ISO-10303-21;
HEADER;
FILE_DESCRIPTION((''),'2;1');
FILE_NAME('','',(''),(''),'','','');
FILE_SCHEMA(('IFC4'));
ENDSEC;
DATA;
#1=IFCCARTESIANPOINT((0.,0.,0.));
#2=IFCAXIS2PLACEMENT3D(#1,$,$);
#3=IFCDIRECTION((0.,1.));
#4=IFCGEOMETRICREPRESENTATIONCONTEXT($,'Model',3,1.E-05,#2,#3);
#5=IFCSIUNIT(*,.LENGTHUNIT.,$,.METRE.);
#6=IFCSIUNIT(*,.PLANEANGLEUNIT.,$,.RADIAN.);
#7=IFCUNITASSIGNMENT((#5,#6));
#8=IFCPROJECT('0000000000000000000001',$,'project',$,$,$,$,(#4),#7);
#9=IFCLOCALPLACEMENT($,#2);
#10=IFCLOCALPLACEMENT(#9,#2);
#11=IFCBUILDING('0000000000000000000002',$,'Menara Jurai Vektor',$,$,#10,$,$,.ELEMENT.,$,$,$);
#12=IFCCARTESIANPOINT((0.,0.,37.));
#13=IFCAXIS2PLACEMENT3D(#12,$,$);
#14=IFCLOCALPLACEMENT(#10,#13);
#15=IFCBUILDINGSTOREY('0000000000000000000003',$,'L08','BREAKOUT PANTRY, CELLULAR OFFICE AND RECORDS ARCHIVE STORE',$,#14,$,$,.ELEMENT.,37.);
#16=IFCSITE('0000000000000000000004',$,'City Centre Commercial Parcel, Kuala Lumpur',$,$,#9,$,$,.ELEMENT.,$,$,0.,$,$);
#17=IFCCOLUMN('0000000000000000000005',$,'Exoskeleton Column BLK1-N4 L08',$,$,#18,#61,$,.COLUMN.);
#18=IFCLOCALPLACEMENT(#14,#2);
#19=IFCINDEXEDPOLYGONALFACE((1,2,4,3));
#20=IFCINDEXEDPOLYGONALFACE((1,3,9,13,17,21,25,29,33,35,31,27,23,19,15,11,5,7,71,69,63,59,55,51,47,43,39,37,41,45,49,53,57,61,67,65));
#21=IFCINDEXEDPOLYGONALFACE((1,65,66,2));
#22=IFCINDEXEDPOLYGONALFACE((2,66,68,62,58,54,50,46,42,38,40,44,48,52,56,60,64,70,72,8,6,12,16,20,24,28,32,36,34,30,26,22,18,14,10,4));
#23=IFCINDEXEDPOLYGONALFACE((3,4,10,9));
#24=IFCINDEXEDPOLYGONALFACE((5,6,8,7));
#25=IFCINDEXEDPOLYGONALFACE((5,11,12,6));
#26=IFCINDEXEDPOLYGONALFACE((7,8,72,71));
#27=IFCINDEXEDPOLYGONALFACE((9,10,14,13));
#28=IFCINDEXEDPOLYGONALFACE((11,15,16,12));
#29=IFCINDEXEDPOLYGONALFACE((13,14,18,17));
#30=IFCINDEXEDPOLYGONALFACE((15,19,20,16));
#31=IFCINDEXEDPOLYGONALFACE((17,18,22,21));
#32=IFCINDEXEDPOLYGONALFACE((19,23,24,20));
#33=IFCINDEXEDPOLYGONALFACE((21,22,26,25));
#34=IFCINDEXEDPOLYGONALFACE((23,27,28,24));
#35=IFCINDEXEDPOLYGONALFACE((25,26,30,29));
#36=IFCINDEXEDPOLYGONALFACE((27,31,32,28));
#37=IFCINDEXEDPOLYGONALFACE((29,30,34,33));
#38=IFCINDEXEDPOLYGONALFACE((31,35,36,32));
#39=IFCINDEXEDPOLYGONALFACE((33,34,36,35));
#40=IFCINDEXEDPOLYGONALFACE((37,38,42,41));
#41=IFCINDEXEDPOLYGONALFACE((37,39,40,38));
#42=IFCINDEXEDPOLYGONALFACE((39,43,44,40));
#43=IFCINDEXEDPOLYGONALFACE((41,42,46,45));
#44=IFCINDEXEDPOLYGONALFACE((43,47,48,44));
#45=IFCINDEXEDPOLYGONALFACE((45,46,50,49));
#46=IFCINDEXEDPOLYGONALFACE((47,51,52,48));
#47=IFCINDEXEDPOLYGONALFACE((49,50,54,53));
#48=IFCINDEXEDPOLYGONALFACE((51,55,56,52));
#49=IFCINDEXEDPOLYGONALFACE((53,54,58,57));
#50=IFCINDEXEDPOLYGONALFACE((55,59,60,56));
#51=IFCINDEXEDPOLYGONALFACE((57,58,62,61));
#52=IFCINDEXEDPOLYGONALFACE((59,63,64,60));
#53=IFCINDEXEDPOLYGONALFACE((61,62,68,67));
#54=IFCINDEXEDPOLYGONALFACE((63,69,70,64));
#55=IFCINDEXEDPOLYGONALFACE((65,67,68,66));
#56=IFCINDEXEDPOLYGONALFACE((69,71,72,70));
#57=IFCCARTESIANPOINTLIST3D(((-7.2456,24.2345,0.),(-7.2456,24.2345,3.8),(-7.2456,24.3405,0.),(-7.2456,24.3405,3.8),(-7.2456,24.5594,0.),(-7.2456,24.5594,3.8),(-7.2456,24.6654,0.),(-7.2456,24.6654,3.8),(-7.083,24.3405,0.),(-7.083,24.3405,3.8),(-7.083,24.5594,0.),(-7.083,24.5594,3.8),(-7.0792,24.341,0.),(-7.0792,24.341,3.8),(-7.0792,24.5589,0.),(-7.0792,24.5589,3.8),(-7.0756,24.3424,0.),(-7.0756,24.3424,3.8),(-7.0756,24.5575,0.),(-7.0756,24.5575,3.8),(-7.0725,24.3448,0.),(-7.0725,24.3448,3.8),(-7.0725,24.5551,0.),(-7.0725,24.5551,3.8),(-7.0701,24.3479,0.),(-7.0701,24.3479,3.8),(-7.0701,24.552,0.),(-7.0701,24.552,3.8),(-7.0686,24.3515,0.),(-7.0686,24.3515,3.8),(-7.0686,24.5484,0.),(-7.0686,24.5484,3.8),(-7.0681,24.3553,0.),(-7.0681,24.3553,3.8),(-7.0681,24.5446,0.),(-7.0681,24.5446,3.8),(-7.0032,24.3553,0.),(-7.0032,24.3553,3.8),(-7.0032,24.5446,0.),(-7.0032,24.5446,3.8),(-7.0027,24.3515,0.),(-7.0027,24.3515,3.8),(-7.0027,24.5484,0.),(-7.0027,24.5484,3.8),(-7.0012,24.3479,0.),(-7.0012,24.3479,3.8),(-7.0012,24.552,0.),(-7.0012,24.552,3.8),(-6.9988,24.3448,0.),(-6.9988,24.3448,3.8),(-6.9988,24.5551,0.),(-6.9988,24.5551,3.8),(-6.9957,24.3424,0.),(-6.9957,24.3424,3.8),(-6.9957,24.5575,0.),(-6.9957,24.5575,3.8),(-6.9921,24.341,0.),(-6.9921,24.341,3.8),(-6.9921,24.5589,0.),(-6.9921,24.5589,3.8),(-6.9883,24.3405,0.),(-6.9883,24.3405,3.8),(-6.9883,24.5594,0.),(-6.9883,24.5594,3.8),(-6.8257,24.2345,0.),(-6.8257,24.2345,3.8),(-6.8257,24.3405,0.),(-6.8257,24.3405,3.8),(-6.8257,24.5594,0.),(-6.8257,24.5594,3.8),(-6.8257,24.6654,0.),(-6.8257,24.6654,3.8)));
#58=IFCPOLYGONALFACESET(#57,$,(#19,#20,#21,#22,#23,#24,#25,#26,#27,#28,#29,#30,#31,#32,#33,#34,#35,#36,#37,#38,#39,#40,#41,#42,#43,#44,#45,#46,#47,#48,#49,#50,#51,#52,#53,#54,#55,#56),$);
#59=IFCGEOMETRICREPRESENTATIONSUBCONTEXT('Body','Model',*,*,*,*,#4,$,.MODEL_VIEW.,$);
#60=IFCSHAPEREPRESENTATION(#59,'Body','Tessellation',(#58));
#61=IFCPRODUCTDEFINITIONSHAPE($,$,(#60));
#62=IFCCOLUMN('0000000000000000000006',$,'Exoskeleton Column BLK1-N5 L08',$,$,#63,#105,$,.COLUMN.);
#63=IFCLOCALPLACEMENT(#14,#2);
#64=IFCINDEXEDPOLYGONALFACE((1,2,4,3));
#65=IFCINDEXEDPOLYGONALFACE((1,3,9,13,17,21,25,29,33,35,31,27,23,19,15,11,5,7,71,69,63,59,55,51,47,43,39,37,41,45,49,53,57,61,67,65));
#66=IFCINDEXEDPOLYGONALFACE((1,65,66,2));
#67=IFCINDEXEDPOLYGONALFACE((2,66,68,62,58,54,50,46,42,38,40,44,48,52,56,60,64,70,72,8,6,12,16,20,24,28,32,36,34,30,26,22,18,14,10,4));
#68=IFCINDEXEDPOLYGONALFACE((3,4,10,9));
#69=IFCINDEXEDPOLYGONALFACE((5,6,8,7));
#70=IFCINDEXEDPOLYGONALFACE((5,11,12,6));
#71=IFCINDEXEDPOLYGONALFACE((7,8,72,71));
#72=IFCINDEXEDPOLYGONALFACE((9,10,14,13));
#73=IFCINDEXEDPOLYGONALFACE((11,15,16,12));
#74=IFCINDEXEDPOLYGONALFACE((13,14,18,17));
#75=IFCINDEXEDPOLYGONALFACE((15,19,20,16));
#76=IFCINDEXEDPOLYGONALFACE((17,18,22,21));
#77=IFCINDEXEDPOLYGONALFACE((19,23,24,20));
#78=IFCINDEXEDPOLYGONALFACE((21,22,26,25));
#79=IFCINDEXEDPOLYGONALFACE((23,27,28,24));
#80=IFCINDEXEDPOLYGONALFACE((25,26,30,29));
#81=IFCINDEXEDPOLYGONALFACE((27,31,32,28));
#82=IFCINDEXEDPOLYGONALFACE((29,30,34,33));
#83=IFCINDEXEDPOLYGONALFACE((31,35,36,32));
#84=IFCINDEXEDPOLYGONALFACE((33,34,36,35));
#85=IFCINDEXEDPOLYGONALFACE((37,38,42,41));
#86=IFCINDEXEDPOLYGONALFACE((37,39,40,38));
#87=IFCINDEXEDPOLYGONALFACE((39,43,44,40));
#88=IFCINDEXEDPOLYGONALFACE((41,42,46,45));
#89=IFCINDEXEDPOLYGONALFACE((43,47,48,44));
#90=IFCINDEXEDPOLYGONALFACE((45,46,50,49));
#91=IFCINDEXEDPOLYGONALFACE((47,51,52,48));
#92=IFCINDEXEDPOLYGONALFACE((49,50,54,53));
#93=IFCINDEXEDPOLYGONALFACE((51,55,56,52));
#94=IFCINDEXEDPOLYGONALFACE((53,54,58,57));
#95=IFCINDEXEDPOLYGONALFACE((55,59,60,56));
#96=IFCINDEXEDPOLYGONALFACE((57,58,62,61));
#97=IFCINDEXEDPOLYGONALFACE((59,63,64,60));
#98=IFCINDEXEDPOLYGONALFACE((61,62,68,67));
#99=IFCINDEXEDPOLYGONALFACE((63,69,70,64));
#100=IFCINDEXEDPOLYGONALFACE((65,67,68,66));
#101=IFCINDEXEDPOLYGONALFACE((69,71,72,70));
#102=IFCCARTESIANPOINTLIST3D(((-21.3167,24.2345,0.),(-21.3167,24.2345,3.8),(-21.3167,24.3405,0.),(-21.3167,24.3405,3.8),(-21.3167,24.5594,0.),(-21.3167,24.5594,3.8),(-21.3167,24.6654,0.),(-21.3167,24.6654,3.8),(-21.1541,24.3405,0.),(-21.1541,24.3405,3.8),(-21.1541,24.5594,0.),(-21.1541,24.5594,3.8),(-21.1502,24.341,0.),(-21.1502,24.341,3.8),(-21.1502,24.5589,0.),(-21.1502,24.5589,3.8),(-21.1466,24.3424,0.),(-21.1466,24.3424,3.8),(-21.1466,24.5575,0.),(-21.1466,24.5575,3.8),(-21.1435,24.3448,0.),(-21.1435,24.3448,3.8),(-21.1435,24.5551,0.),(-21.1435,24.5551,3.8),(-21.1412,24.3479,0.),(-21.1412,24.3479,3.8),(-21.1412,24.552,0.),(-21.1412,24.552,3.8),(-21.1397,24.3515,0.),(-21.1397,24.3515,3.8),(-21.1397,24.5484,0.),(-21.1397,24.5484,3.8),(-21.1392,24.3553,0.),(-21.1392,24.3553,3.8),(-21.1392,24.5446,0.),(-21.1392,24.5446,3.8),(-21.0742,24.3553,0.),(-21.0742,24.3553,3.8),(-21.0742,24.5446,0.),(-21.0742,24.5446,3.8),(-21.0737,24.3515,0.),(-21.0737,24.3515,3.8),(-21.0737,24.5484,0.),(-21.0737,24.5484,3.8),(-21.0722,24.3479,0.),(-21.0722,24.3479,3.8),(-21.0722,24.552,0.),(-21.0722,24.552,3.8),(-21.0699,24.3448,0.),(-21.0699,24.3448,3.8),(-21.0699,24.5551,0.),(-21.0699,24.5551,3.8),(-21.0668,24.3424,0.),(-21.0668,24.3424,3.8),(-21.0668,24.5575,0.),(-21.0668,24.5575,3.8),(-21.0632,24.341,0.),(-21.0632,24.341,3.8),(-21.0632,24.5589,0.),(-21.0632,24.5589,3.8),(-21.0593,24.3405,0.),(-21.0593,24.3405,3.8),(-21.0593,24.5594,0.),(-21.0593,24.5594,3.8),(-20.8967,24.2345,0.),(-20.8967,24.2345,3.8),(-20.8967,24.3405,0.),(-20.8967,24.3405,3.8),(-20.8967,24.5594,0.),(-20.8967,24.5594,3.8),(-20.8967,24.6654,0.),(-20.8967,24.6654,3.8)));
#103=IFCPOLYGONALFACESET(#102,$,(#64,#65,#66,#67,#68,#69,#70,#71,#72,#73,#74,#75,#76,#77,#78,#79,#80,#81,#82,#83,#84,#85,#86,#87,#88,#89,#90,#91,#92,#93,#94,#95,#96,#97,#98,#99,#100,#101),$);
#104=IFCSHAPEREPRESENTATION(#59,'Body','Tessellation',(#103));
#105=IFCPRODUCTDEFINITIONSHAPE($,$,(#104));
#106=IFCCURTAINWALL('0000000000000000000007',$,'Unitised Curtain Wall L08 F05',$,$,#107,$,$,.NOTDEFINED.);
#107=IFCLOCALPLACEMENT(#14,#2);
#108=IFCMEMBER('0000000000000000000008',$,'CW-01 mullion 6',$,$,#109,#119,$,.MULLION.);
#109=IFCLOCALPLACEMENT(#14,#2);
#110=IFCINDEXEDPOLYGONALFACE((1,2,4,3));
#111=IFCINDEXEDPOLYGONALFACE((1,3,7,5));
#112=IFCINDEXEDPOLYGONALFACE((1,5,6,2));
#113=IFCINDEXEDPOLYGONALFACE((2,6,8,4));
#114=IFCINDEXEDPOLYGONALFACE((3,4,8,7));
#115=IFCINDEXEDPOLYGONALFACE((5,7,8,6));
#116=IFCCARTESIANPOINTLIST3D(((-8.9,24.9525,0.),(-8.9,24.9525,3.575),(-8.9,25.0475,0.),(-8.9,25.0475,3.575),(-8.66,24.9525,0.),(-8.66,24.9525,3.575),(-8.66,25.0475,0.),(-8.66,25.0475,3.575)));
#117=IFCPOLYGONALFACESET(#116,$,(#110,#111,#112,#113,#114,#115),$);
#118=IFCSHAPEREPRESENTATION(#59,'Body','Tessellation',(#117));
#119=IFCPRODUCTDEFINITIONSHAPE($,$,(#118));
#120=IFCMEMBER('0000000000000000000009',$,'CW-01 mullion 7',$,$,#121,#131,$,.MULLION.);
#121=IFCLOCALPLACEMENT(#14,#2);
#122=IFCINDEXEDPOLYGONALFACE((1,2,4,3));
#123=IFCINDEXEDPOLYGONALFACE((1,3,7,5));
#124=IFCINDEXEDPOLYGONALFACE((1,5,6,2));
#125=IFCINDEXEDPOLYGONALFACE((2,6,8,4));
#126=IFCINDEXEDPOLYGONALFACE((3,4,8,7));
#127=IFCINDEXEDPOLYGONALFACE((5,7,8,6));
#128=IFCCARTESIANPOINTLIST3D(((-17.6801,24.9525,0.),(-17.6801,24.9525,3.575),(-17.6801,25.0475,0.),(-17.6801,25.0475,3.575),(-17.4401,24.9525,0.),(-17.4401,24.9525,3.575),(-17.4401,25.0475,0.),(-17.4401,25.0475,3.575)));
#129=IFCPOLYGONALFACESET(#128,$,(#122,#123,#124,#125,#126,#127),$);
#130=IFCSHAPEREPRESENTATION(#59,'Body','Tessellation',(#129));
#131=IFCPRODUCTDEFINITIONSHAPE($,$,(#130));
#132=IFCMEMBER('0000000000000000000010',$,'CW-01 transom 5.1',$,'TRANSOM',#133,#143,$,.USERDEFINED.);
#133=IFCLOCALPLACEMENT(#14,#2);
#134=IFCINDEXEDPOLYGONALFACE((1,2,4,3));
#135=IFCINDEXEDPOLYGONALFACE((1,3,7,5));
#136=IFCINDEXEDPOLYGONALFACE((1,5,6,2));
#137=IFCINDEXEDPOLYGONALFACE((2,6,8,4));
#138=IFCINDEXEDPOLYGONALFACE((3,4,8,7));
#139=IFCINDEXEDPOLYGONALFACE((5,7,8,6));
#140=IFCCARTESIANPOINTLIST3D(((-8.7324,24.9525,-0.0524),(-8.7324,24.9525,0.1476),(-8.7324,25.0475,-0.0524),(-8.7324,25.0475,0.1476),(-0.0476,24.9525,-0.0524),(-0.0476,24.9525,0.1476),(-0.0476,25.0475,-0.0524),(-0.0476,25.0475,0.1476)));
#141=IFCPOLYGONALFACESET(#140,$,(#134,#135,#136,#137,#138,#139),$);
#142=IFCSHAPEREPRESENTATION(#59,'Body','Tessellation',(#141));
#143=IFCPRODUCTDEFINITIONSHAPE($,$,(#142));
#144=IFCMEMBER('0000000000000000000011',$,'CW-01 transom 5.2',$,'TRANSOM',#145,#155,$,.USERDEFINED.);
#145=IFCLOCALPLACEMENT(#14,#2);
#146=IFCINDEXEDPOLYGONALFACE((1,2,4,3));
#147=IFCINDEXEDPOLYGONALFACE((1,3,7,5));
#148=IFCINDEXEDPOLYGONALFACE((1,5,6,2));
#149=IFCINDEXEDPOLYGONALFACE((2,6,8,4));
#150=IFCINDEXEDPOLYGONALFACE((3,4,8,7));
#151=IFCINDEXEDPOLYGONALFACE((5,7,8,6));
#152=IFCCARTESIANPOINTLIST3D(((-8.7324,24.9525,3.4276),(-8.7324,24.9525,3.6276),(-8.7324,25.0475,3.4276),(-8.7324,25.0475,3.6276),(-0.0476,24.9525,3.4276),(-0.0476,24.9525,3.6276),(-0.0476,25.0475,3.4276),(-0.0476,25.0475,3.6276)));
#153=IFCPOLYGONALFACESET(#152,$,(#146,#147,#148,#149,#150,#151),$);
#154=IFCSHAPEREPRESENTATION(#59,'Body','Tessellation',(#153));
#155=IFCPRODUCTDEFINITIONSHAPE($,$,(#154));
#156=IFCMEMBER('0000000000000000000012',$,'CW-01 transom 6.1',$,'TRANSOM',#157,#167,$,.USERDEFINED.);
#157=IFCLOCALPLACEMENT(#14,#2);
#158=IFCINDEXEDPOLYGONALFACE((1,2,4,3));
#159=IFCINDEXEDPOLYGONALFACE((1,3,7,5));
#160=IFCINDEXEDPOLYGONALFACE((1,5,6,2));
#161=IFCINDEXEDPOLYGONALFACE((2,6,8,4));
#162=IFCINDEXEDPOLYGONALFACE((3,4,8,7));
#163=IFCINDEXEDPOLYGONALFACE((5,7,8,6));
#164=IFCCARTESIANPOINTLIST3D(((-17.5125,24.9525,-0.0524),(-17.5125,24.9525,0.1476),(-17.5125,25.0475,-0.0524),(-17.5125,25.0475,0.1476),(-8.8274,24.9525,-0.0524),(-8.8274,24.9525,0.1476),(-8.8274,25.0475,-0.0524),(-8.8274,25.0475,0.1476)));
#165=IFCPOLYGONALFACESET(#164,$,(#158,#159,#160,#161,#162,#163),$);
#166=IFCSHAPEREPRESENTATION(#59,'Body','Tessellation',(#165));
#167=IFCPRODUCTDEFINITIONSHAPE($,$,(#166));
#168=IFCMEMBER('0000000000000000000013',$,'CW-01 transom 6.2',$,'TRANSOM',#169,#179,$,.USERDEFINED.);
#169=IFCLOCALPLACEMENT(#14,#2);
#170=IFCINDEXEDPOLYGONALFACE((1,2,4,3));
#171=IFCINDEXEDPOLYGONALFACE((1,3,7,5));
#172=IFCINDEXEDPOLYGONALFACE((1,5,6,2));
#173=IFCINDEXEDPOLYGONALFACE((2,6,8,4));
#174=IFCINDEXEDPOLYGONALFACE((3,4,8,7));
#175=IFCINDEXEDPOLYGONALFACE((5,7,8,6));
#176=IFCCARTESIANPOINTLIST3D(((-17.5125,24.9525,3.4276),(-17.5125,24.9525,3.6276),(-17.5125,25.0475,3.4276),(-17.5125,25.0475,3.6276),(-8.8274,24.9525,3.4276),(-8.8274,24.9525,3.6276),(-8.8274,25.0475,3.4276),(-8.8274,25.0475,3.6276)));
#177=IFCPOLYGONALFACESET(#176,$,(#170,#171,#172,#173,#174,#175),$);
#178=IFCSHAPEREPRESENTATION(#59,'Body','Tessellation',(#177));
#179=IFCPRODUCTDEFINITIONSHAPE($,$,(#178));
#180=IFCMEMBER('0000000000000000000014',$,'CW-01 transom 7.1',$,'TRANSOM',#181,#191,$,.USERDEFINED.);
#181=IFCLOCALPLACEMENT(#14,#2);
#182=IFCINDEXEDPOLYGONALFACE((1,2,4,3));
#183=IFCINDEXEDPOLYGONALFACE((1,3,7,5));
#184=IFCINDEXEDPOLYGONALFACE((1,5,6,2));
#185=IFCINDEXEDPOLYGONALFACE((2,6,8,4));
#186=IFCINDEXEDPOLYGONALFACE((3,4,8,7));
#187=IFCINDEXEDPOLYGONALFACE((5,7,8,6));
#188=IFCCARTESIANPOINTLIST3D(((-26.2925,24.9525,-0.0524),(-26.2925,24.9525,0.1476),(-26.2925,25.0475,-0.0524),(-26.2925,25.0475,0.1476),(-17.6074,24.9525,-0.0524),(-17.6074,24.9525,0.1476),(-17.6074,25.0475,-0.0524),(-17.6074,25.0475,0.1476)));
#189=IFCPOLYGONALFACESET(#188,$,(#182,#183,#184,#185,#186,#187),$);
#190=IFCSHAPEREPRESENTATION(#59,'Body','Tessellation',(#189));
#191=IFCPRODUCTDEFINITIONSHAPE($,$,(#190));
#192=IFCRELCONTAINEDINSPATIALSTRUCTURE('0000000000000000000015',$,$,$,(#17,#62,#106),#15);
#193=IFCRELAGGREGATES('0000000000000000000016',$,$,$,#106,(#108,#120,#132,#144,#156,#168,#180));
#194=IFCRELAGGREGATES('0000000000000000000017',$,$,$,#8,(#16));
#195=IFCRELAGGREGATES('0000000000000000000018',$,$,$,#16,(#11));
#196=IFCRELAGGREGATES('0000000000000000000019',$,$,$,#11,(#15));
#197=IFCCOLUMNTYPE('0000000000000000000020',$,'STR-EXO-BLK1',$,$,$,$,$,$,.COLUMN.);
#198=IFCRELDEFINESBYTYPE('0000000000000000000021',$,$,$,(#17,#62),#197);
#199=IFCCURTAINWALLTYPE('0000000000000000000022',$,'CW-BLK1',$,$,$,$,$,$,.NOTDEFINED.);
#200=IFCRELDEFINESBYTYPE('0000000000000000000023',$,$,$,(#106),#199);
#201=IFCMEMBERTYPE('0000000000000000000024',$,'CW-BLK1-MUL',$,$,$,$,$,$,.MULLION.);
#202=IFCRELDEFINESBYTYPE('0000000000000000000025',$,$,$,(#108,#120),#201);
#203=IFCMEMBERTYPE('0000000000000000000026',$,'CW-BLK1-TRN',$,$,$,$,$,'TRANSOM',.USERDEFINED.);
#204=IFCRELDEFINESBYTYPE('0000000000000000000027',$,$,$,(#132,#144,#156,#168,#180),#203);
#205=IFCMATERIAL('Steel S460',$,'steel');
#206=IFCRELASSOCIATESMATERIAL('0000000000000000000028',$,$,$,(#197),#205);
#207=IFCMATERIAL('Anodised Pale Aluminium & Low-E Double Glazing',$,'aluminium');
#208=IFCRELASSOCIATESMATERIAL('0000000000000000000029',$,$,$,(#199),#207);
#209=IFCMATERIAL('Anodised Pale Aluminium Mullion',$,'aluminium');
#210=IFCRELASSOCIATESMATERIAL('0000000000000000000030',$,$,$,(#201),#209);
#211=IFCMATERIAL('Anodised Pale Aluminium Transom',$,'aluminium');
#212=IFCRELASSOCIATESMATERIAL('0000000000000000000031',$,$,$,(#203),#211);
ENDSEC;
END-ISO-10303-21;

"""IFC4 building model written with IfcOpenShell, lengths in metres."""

from ifc_helpers import new_model, si_unit, direction, frame, origin, origin_2d, place, context, subcontext, project, spatial, rectangle, i_section, extrude, material, material_profile, profile_set, type_object, element, aggregate, save


model = new_model("IFC4")

# Units and contexts
model_context = context("Model", 3, precision=1e-05, world=origin(), true_north=direction((0.0, 1.0)))
body_context = subcontext(model_context, "Body", "Model", "MODEL_VIEW")
ifc_project = project(units=[si_unit("LENGTHUNIT", "METRE"), si_unit("PLANEANGLEUNIT", "RADIAN")], contexts=[model_context])

# Site, building, storey
site_placement = place(None, origin())
site = spatial("IfcSite", under=ifc_project, at=site_placement, Name="City Centre Commercial Parcel, Kuala Lumpur", CompositionType="ELEMENT", RefElevation=0.0)
building_placement = place(site_placement, origin())
building = spatial("IfcBuilding", under=site, at=building_placement, Name="Menara Jurai Vektor", CompositionType="ELEMENT")
storey_placement = place(building_placement, frame((0.0, 0.0, 37.0)))
storey = spatial("IfcBuildingStorey", under=building, at=storey_placement, Name="L08", Description="BREAKOUT PANTRY, CELLULAR OFFICE AND RECORDS ARCHIVE STORE", CompositionType="ELEMENT", Elevation=37.0)

# Columns
ifc_material_1 = material(Name="Steel S460", Category="steel")
ifc_material_profile_1 = material_profile(ifc_material_1, i_section(OverallWidth=0.4199, OverallDepth=0.4309, WebThickness=0.0649, FlangeThickness=0.106, FilletRadius=0.0149, at=origin_2d()), Name="HD 400x900")
ifc_profile_set_1 = profile_set([ifc_material_profile_1], Name="Steel S460")
column_type = type_object("IfcColumnType", Name="STR-EXO-BLK1", PredefinedType="COLUMN", material=ifc_profile_set_1)
for number, where, z_axis, x_axis, name in (
    (1, (-7.0356, 24.45, 0.0), (0.0, 0.0, 1.0), (1.0, 0.0, 0.0), "Exoskeleton Column BLK1-N4 L08"),
    (2, (-21.1067, 24.45, 0.0), (0.0, 0.0, 1.0), (1.0, 0.0, 0.0), "Exoskeleton Column BLK1-N5 L08"),
):
    element("IfcColumn", number, at=place(storey_placement, frame(where, z_axis=z_axis, x_axis=x_axis)), inside=storey, type_object=column_type, Name=name, PredefinedType="COLUMN", context=body_context, shape_type="SweptSolid", body=[
        extrude(i_section(OverallWidth=0.4199, OverallDepth=0.4309, WebThickness=0.0649, FlangeThickness=0.106, FilletRadius=0.0149, at=origin_2d()), origin(), (0.0, 0.0, 1.0), 3.8),
    ])

# Curtain wall, members
ifc_material_2 = material(Name="Anodised Pale Aluminium & Low-E Double Glazing", Category="aluminium")
curtain_wall_type = type_object("IfcCurtainWallType", Name="CW-BLK1", PredefinedType="NOTDEFINED", material=ifc_material_2)
curtain_wall_placement = place(storey_placement, origin())
curtain_wall = element("IfcCurtainWall", 3, at=curtain_wall_placement, inside=storey, type_object=curtain_wall_type, Name="Unitised Curtain Wall L08 F05", PredefinedType="NOTDEFINED")
ifc_material_3 = material(Name="Anodised Pale Aluminium Mullion", Category="aluminium")
ifc_material_profile_2 = material_profile(ifc_material_3, rectangle(XDim=0.095, YDim=0.24, at=origin_2d()), Name="ALU MUL 95x240")
ifc_profile_set_2 = profile_set([ifc_material_profile_2], Name="Anodised Pale Aluminium Mullion")
member_type_1 = type_object("IfcMemberType", Name="CW-BLK1-MUL", PredefinedType="MULLION", material=ifc_profile_set_2)
member_1_placement = place(storey_placement, frame((-8.78, 25.0, 0.0), z_axis=(0.0, 0.0, 1.0), x_axis=(0.0, -1.0, 0.0)))
member_1 = element("IfcMember", 4, at=member_1_placement, type_object=member_type_1, Name="CW-01 mullion 6", PredefinedType="MULLION", context=body_context, shape_type="SweptSolid", body=[
    extrude(rectangle(XDim=0.095, YDim=0.24, at=origin_2d()), origin(), (0.0, 0.0, 1.0), 3.575),
])
member_2_placement = place(storey_placement, frame((-17.5601, 25.0, 0.0), z_axis=(0.0, 0.0, 1.0), x_axis=(0.0, -1.0, 0.0)))
member_2 = element("IfcMember", 5, at=member_2_placement, type_object=member_type_1, Name="CW-01 mullion 7", PredefinedType="MULLION", context=body_context, shape_type="SweptSolid", body=[
    extrude(rectangle(XDim=0.095, YDim=0.24, at=origin_2d()), origin(), (0.0, 0.0, 1.0), 3.575),
])
ifc_material_4 = material(Name="Anodised Pale Aluminium Transom", Category="aluminium")
ifc_material_profile_3 = material_profile(ifc_material_4, rectangle(XDim=0.095, YDim=0.2, at=origin_2d()), Name="ALU TRN 95x200")
ifc_profile_set_3 = profile_set([ifc_material_profile_3], Name="Anodised Pale Aluminium Transom")
member_type_2 = type_object("IfcMemberType", Name="CW-BLK1-TRN", ElementType="TRANSOM", PredefinedType="USERDEFINED", material=ifc_profile_set_3)
member_3_placement = place(storey_placement, frame((-0.0476, 25.0, 0.0476), z_axis=(-1.0, 0.0, 0.0), x_axis=(0.0, -1.0, 0.0)))
member_3 = element("IfcMember", 6, at=member_3_placement, type_object=member_type_2, Name="CW-01 transom 5.1", ObjectType="TRANSOM", PredefinedType="USERDEFINED", context=body_context, shape_type="SweptSolid", body=[
    extrude(rectangle(XDim=0.095, YDim=0.2, at=origin_2d()), origin(), (0.0, 0.0, 1.0), 8.6848),
])
member_4_placement = place(storey_placement, frame((-0.0476, 25.0, 3.5276), z_axis=(-1.0, 0.0, 0.0), x_axis=(0.0, -1.0, 0.0)))
member_4 = element("IfcMember", 7, at=member_4_placement, type_object=member_type_2, Name="CW-01 transom 5.2", ObjectType="TRANSOM", PredefinedType="USERDEFINED", context=body_context, shape_type="SweptSolid", body=[
    extrude(rectangle(XDim=0.095, YDim=0.2, at=origin_2d()), origin(), (0.0, 0.0, 1.0), 8.6848),
])
member_5_placement = place(storey_placement, frame((-8.8274, 25.0, 0.0476), z_axis=(-1.0, 0.0, 0.0), x_axis=(0.0, -1.0, 0.0)))
member_5 = element("IfcMember", 8, at=member_5_placement, type_object=member_type_2, Name="CW-01 transom 6.1", ObjectType="TRANSOM", PredefinedType="USERDEFINED", context=body_context, shape_type="SweptSolid", body=[
    extrude(rectangle(XDim=0.095, YDim=0.2, at=origin_2d()), origin(), (0.0, 0.0, 1.0), 8.6851),
])
member_6_placement = place(storey_placement, frame((-8.8274, 25.0, 3.5276), z_axis=(-1.0, 0.0, 0.0), x_axis=(0.0, -1.0, 0.0)))
member_6 = element("IfcMember", 9, at=member_6_placement, type_object=member_type_2, Name="CW-01 transom 6.2", ObjectType="TRANSOM", PredefinedType="USERDEFINED", context=body_context, shape_type="SweptSolid", body=[
    extrude(rectangle(XDim=0.095, YDim=0.2, at=origin_2d()), origin(), (0.0, 0.0, 1.0), 8.6851),
])
member_7_placement = place(storey_placement, frame((-17.6074, 25.0, 0.0476), z_axis=(-1.0, 0.0, 0.0), x_axis=(0.0, -1.0, 0.0)))
member_7 = element("IfcMember", 10, at=member_7_placement, type_object=member_type_2, Name="CW-01 transom 7.1", ObjectType="TRANSOM", PredefinedType="USERDEFINED", context=body_context, shape_type="SweptSolid", body=[
    extrude(rectangle(XDim=0.095, YDim=0.2, at=origin_2d()), origin(), (0.0, 0.0, 1.0), 8.6851),
])

aggregate(curtain_wall, [member_1, member_2, member_3, member_4, member_5, member_6, member_7])

save(model, "model.ifc")
